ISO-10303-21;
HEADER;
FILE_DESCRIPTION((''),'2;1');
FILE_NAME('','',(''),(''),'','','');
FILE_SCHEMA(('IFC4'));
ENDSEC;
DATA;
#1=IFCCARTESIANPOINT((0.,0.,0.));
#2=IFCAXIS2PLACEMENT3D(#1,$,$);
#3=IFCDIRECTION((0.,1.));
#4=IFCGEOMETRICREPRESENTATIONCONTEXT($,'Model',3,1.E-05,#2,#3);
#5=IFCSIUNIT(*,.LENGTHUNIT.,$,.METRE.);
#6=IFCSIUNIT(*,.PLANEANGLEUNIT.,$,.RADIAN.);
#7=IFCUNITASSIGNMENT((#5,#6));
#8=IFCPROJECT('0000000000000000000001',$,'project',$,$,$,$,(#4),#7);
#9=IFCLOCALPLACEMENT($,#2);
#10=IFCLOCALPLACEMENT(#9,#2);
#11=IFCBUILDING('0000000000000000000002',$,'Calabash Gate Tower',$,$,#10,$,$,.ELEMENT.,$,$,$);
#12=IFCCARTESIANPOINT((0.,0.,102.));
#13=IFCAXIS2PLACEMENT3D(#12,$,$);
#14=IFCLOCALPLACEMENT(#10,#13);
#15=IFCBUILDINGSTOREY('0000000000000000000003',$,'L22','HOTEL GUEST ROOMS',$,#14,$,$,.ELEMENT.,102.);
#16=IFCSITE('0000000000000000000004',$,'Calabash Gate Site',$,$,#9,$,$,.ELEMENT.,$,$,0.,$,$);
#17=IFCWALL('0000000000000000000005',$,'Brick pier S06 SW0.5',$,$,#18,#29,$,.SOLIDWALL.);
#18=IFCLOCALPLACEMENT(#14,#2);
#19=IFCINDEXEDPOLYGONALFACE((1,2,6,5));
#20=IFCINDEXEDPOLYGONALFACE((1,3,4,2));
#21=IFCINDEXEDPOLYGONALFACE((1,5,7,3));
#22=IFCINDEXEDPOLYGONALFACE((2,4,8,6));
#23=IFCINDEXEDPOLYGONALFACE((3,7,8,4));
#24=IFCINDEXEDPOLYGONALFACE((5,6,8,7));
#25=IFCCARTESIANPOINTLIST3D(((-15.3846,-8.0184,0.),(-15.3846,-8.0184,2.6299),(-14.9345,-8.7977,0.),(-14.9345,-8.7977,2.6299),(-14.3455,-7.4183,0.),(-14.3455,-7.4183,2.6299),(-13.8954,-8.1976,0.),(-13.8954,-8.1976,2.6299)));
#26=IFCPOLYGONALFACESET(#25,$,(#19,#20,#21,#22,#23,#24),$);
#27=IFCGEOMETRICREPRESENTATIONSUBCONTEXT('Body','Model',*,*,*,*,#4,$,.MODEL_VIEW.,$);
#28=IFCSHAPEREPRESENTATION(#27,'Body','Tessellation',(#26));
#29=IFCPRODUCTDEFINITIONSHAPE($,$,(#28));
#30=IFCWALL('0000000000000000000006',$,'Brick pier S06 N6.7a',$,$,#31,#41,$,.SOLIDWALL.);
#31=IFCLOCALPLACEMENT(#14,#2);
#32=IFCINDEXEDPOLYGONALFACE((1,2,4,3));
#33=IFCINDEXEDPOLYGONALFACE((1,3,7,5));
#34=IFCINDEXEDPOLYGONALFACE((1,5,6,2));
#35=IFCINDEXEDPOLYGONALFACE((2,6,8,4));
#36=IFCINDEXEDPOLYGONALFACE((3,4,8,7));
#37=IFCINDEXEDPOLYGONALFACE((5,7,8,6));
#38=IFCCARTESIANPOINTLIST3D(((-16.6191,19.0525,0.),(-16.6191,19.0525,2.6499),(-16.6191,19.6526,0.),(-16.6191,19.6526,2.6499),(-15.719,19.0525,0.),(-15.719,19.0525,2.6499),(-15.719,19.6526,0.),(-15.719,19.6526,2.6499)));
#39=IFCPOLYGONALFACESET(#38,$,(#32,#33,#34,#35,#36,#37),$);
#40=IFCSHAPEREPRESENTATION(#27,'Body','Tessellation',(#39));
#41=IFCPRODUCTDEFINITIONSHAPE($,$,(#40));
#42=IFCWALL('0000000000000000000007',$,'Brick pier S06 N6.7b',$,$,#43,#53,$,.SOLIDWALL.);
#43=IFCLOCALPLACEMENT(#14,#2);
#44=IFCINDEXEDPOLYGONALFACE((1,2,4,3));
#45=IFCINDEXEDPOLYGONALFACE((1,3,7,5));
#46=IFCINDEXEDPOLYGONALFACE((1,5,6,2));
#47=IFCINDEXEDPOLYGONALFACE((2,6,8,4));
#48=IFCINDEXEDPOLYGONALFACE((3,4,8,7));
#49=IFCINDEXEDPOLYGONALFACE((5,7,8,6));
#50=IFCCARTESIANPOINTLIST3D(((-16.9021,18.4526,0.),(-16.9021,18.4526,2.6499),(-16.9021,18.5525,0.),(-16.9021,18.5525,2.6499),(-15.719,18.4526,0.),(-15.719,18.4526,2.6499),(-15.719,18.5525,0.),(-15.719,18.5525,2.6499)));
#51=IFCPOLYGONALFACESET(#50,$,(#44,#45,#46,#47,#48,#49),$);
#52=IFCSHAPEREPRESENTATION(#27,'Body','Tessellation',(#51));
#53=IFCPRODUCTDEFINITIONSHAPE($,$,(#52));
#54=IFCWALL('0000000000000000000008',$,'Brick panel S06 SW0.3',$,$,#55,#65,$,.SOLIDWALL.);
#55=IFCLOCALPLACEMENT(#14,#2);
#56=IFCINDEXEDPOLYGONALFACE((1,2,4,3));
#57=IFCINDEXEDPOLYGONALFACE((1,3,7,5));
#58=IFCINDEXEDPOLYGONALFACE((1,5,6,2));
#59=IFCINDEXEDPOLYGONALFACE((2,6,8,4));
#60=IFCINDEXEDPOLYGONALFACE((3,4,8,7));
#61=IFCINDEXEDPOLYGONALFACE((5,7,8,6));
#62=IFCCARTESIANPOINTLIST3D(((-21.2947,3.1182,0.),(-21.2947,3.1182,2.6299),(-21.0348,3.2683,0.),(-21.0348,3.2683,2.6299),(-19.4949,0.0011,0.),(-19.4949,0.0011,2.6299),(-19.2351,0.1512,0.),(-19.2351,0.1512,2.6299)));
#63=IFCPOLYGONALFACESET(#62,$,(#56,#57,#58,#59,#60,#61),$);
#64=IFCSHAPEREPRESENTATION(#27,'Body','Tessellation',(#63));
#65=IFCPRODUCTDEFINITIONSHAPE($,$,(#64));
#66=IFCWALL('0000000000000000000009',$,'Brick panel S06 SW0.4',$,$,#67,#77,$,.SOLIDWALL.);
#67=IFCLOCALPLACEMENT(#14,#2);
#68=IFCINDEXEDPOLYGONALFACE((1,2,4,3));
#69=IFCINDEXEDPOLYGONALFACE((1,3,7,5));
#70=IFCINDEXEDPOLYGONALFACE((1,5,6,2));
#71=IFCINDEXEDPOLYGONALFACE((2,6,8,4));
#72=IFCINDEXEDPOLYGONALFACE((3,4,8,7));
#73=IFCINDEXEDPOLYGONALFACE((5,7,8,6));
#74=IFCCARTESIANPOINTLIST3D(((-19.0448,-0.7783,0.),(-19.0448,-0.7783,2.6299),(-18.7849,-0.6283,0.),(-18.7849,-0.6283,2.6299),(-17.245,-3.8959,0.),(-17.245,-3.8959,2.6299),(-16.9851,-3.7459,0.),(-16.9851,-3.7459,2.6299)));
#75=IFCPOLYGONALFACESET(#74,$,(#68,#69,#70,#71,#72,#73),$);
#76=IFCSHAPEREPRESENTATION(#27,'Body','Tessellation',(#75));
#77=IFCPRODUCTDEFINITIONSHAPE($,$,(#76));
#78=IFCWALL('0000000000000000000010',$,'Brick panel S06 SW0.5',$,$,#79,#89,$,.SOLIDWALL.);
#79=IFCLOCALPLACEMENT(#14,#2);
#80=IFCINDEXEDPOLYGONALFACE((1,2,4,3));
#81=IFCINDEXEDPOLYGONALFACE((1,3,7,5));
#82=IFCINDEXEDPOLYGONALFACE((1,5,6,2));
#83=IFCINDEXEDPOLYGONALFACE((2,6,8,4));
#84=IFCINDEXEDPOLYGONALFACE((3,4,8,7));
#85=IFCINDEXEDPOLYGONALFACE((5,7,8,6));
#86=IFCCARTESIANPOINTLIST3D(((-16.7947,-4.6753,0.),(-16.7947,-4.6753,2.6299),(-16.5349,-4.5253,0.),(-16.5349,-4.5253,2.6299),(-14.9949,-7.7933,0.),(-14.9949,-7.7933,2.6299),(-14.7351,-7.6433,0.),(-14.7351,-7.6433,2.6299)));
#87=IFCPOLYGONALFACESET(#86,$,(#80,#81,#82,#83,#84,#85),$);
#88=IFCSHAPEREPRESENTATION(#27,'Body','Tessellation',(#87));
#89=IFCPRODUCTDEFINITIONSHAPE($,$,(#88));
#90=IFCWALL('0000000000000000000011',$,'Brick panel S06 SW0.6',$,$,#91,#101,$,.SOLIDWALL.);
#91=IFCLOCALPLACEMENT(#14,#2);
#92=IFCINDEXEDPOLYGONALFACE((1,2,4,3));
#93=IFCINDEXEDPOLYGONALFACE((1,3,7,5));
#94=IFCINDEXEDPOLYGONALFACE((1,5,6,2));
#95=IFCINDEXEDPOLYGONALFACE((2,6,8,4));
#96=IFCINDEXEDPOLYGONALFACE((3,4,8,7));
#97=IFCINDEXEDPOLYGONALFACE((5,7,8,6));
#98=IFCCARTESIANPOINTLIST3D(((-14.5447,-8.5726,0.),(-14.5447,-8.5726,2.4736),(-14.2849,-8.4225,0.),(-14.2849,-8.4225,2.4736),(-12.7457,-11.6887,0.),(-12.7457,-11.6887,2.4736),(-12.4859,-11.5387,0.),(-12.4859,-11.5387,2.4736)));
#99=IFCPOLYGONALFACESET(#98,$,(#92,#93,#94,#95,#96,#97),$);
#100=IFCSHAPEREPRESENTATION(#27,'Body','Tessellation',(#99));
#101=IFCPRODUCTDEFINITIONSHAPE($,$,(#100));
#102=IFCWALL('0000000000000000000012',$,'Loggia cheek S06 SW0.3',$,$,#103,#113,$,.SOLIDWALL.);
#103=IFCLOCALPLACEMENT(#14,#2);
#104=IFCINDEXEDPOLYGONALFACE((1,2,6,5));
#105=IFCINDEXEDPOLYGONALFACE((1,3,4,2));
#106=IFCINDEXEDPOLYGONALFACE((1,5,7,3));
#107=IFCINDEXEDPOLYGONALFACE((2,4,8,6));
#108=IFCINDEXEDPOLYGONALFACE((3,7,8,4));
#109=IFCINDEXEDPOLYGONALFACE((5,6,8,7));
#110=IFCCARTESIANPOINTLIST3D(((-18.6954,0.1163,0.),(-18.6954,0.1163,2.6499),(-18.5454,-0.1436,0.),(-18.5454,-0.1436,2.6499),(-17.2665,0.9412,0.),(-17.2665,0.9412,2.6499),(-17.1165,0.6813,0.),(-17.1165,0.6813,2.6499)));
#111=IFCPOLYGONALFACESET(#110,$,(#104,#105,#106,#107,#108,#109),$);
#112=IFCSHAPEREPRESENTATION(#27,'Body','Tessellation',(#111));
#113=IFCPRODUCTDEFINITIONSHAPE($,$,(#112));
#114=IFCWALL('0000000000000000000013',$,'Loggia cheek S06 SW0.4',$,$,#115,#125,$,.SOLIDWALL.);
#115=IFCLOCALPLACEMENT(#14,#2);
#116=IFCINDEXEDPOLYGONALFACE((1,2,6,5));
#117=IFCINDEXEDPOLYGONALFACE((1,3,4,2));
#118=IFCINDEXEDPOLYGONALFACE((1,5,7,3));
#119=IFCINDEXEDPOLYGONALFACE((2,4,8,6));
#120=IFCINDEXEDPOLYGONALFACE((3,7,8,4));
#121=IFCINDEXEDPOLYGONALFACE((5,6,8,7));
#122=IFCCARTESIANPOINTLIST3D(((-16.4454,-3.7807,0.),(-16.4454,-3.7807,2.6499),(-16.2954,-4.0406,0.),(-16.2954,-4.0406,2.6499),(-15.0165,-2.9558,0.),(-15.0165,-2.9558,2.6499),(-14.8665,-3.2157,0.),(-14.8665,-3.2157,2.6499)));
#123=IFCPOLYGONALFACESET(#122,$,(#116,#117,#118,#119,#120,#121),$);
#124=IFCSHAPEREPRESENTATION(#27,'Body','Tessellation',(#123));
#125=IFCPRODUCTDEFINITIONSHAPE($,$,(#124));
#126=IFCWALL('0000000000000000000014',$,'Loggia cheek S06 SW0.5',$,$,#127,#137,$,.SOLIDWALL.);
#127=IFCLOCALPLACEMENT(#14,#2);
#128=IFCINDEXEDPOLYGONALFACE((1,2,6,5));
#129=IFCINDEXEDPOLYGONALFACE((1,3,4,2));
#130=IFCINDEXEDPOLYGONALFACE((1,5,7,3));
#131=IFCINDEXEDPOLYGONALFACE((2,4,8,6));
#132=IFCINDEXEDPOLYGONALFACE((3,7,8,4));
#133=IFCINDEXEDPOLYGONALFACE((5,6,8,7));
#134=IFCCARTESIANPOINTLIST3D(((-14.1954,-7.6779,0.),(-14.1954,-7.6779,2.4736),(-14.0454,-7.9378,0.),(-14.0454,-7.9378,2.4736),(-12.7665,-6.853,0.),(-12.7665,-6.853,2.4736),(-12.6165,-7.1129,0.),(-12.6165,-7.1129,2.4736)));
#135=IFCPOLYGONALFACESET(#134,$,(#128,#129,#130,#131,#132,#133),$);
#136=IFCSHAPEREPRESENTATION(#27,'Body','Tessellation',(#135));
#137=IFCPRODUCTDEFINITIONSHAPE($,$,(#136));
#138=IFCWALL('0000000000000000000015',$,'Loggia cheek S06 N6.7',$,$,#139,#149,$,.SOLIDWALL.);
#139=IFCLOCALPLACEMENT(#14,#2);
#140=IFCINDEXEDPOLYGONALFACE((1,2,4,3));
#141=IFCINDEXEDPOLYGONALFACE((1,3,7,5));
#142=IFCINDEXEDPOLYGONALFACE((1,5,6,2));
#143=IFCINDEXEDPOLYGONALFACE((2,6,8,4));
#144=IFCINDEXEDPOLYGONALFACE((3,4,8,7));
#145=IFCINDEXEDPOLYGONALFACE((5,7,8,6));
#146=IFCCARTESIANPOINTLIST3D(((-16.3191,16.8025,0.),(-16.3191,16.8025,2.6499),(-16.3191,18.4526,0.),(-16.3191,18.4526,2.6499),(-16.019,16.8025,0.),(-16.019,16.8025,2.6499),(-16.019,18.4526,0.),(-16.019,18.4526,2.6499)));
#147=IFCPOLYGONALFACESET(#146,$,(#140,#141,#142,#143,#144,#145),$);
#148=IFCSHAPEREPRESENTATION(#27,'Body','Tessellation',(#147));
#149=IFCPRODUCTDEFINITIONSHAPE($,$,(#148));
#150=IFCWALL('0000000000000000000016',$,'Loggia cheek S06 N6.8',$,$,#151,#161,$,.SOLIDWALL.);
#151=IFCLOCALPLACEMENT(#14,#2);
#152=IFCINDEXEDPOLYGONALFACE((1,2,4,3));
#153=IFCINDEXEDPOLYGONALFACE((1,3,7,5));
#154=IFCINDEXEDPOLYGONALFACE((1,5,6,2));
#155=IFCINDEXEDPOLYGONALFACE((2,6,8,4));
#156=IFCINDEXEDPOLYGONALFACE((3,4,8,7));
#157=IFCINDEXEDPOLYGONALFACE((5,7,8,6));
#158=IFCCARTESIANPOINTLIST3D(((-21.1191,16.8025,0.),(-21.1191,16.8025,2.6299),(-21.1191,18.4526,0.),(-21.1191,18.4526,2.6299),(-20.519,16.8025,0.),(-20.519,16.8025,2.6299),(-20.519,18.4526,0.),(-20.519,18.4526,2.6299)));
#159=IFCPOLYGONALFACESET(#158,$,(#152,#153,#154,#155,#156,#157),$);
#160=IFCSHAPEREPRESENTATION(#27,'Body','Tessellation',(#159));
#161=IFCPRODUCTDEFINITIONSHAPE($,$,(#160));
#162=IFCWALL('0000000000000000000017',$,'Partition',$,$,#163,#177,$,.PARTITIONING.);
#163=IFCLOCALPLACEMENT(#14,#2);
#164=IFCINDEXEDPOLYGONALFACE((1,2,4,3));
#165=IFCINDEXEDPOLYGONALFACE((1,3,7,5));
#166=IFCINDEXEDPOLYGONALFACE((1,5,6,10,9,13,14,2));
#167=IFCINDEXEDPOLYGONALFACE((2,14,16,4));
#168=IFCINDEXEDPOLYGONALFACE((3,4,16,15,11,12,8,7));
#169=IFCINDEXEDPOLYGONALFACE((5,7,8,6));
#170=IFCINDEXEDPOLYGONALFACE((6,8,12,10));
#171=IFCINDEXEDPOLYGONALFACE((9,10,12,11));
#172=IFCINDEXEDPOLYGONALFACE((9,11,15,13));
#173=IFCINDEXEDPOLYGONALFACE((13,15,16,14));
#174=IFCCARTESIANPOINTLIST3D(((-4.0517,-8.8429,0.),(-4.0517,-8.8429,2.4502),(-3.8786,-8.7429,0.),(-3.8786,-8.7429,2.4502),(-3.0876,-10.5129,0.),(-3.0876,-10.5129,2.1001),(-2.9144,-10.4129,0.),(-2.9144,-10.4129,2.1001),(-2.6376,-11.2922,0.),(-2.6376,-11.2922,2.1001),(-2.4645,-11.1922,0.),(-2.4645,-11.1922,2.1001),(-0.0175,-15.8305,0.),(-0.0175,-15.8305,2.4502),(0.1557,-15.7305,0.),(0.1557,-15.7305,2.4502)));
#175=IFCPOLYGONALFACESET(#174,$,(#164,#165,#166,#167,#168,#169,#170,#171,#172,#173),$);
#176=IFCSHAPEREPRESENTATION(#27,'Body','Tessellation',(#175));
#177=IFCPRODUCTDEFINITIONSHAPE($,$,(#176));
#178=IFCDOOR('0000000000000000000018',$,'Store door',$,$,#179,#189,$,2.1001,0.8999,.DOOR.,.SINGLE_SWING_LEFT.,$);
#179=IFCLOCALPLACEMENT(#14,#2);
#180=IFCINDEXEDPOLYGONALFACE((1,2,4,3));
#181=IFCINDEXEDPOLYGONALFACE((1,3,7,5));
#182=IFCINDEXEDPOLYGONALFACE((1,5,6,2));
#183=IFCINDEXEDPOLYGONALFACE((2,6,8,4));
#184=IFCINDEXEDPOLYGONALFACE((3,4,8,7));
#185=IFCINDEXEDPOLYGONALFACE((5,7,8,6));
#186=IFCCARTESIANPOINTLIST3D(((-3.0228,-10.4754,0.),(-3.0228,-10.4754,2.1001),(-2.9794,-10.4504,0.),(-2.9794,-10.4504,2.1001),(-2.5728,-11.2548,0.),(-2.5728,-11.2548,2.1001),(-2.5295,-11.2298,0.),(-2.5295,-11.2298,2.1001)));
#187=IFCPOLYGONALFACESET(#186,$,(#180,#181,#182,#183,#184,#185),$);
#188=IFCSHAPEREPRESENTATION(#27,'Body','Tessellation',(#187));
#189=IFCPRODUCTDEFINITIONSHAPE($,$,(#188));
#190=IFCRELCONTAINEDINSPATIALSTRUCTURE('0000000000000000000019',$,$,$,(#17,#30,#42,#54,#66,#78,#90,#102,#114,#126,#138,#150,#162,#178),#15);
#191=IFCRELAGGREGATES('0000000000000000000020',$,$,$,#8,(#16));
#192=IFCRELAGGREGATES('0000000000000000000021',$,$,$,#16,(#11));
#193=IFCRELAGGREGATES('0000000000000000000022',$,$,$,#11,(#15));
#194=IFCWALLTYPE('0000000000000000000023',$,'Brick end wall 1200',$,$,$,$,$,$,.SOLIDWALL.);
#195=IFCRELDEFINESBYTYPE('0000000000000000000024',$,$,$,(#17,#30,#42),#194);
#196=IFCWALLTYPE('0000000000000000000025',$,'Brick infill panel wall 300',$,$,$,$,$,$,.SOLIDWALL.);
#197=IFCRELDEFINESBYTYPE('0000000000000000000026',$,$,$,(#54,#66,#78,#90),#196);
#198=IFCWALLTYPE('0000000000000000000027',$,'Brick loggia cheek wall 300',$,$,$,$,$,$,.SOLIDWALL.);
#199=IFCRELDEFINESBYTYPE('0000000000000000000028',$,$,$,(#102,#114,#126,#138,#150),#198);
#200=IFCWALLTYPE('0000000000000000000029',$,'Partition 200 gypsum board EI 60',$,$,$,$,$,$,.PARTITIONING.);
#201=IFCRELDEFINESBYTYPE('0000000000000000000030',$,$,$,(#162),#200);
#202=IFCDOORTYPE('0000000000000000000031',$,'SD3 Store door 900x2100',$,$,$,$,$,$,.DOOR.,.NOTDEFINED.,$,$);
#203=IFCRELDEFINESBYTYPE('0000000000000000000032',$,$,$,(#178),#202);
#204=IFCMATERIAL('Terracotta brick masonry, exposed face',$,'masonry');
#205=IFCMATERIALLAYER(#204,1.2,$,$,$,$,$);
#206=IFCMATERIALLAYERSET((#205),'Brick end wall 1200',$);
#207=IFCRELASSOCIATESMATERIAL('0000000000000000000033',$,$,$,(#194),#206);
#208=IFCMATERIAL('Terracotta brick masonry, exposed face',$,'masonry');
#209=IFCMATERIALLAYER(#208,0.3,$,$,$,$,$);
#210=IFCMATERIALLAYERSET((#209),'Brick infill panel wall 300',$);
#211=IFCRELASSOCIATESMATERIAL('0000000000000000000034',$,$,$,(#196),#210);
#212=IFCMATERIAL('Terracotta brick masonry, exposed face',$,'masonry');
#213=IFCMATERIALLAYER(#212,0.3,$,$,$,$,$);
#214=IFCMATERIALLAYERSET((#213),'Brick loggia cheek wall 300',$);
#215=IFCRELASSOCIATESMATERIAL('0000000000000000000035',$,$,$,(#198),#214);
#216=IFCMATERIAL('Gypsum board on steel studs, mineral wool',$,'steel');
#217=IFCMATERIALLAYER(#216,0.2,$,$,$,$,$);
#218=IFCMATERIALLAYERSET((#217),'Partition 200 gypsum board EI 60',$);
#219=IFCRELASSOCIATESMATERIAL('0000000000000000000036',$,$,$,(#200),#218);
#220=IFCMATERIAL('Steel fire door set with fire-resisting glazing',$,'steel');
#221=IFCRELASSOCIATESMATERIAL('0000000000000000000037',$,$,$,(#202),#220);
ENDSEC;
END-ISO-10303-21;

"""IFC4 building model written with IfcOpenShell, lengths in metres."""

from ifc_helpers import new_model, si_unit, direction, frame, frame_2d, origin, place, context, subcontext, project, spatial, polyline, rectangle, outline, extrude, material, layer, layer_set, type_object, element, fill, save


model = new_model("IFC4")

# Units and contexts
model_context = context("Model", 3, precision=1e-05, world=origin(), true_north=direction((0.0, 1.0)))
body_context = subcontext(model_context, "Body", "Model", "MODEL_VIEW")
ifc_project = project(units=[si_unit("LENGTHUNIT", "METRE"), si_unit("PLANEANGLEUNIT", "RADIAN")], contexts=[model_context])

# Site, building, storey
site_placement = place(None, origin())
site = spatial("IfcSite", under=ifc_project, at=site_placement, Name="Calabash Gate Site", CompositionType="ELEMENT", RefElevation=0.0)
building_placement = place(site_placement, origin())
building = spatial("IfcBuilding", under=site, at=building_placement, Name="Calabash Gate Tower", CompositionType="ELEMENT")
storey_placement = place(building_placement, frame((0.0, 0.0, 102.0)))
storey = spatial("IfcBuildingStorey", under=building, at=storey_placement, Name="L22", Description="HOTEL GUEST ROOMS", CompositionType="ELEMENT", Elevation=102.0)

# Walls
ifc_material_1 = material(Name="Terracotta brick masonry, exposed face", Category="masonry")
ifc_layer_1 = layer(ifc_material_1, 1.2)
ifc_layer_set_1 = layer_set([ifc_layer_1], Name="Brick end wall 1200")
wall_type_1 = type_object("IfcWallType", Name="Brick end wall 1200", PredefinedType="SOLIDWALL", material=ifc_layer_set_1)
wall_1_placement = place(storey_placement, frame((-14.1204, -7.8079, 0.0), z_axis=(0.0, 0.0, 1.0), x_axis=(-0.865955, -0.500122, 0.0)))
element("IfcWall", 1, at=wall_1_placement, inside=storey, type_object=wall_type_1, Name="Brick pier S06 SW0.5", PredefinedType="SOLIDWALL", context=body_context, shape_type="SweptSolid", body=[
    extrude(rectangle(XDim=1.2, YDim=0.8999, at=frame_2d((0.6001, 0.0))), origin(), (0.0, 0.0, 1.0), 2.6299),
])
wall_2_placement = place(storey_placement, origin())
element("IfcWall", 2, at=wall_2_placement, inside=storey, type_object=wall_type_1, Name="Brick pier S06 N6.7a", PredefinedType="SOLIDWALL", context=body_context, shape_type="SweptSolid", body=[
    extrude(outline(polyline([(-15.719, 19.0525), (-15.719, 19.6526), (-16.6191, 19.6526), (-16.6191, 19.0525), (-15.719, 19.0525)])), origin(), (0.0, 0.0, 1.0), 2.6499),
])
wall_3_placement = place(storey_placement, origin())
element("IfcWall", 3, at=wall_3_placement, inside=storey, type_object=wall_type_1, Name="Brick pier S06 N6.7b", PredefinedType="SOLIDWALL", context=body_context, shape_type="SweptSolid", body=[
    extrude(outline(polyline([(-16.9021, 18.4526), (-16.9021, 18.5525), (-15.719, 18.5525), (-15.719, 18.4526), (-16.9021, 18.4526)])), origin(), (0.0, 0.0, 1.0), 2.6499),
])
ifc_material_2 = material(Name="Terracotta brick masonry, exposed face", Category="masonry")
ifc_layer_2 = layer(ifc_material_2, 0.3)
ifc_layer_set_2 = layer_set([ifc_layer_2], Name="Brick infill panel wall 300")
wall_type_2 = type_object("IfcWallType", Name="Brick infill panel wall 300", PredefinedType="SOLIDWALL", material=ifc_layer_set_2)
wall_4_placement = place(storey_placement, frame((-21.1648, 3.1934, 0.0), z_axis=(0.0, 0.0, 1.0), x_axis=(0.50002, -0.866014, 0.0)))
element("IfcWall", 4, at=wall_4_placement, inside=storey, type_object=wall_type_2, Name="Brick panel S06 SW0.3", PredefinedType="SOLIDWALL", context=body_context, shape_type="SweptSolid", body=[
    extrude(rectangle(XDim=3.5994, YDim=0.3, at=frame_2d((1.7998, 0.0))), origin(), (0.0, 0.0, 1.0), 2.6299),
])
wall_5_placement = place(storey_placement, frame((-18.9148, -0.7034, 0.0), z_axis=(0.0, 0.0, 1.0), x_axis=(0.499961, -0.866048, 0.0)))
element("IfcWall", 5, at=wall_5_placement, inside=storey, type_object=wall_type_2, Name="Brick panel S06 SW0.4", PredefinedType="SOLIDWALL", context=body_context, shape_type="SweptSolid", body=[
    extrude(rectangle(XDim=3.5999, YDim=0.3, at=frame_2d((1.7998, 0.0))), origin(), (0.0, 0.0, 1.0), 2.6299),
])
wall_6_placement = place(storey_placement, frame((-16.6648, -4.6003, 0.0), z_axis=(0.0, 0.0, 1.0), x_axis=(0.499932, -0.866065, 0.0)))
element("IfcWall", 6, at=wall_6_placement, inside=storey, type_object=wall_type_2, Name="Brick panel S06 SW0.5", PredefinedType="SOLIDWALL", context=body_context, shape_type="SweptSolid", body=[
    extrude(rectangle(XDim=3.6001, YDim=0.3, at=frame_2d((1.8, 0.0))), origin(), (0.0, 0.0, 1.0), 2.6299),
])
wall_7_placement = place(storey_placement, frame((-14.4148, -8.4976, 0.0), z_axis=(0.0, 0.0, 1.0), x_axis=(0.499985, -0.866034, 0.0)))
element("IfcWall", 7, at=wall_7_placement, inside=storey, type_object=wall_type_2, Name="Brick panel S06 SW0.6", PredefinedType="SOLIDWALL", context=body_context, shape_type="SweptSolid", body=[
    extrude(rectangle(XDim=3.5981, YDim=0.3, at=frame_2d((1.7991, 0.0))), origin(), (0.0, 0.0, 1.0), 2.4736),
])
ifc_material_3 = material(Name="Terracotta brick masonry, exposed face", Category="masonry")
ifc_layer_3 = layer(ifc_material_3, 0.3)
ifc_layer_set_3 = layer_set([ifc_layer_3], Name="Brick loggia cheek wall 300")
wall_type_3 = type_object("IfcWallType", Name="Brick loggia cheek wall 300", PredefinedType="SOLIDWALL", material=ifc_layer_set_3)
for number, where, z_axis, x_axis, name in (
    (8, (-18.6204, -0.0137, 0.0), (0.0, 0.0, 1.0), (0.86604, 0.499974, 0.0), "Loggia cheek S06 SW0.3"),
    (9, (-16.3704, -3.9106, 0.0), (0.0, 0.0, 1.0), (0.86604, 0.499974, 0.0), "Loggia cheek S06 SW0.4"),
):
    element("IfcWall", number, at=place(storey_placement, frame(where, z_axis=z_axis, x_axis=x_axis)), inside=storey, type_object=wall_type_3, Name=name, PredefinedType="SOLIDWALL", context=body_context, shape_type="SweptSolid", body=[
        extrude(rectangle(XDim=1.6499, YDim=0.3, at=frame_2d((0.825, 0.0))), origin(), (0.0, 0.0, 1.0), 2.6499),
    ])
wall_8_placement = place(storey_placement, frame((-14.1204, -7.8079, 0.0), z_axis=(0.0, 0.0, 1.0), x_axis=(0.86604, 0.499974, 0.0)))
element("IfcWall", 10, at=wall_8_placement, inside=storey, type_object=wall_type_3, Name="Loggia cheek S06 SW0.5", PredefinedType="SOLIDWALL", context=body_context, shape_type="SweptSolid", body=[
    extrude(rectangle(XDim=1.6499, YDim=0.3, at=frame_2d((0.825, 0.0))), origin(), (0.0, 0.0, 1.0), 2.4736),
])
wall_9_placement = place(storey_placement, origin())
element("IfcWall", 11, at=wall_9_placement, inside=storey, type_object=wall_type_3, Name="Loggia cheek S06 N6.7", PredefinedType="SOLIDWALL", context=body_context, shape_type="SweptSolid", body=[
    extrude(outline(polyline([(-16.019, 16.8025), (-16.019, 18.4526), (-16.3191, 18.4526), (-16.3191, 16.8025), (-16.019, 16.8025)])), origin(), (0.0, 0.0, 1.0), 2.6499),
])
wall_10_placement = place(storey_placement, origin())
element("IfcWall", 12, at=wall_10_placement, inside=storey, type_object=wall_type_3, Name="Loggia cheek S06 N6.8", PredefinedType="SOLIDWALL", context=body_context, shape_type="SweptSolid", body=[
    extrude(outline(polyline([(-21.1191, 18.4526), (-21.1191, 16.8025), (-20.519, 16.8025), (-20.519, 18.4526), (-21.1191, 18.4526)])), origin(), (0.0, 0.0, 1.0), 2.6299),
])

# Wall, opening, door
ifc_material_4 = material(Name="Gypsum board on steel studs, mineral wool", Category="steel")
ifc_layer_4 = layer(ifc_material_4, 0.2)
ifc_layer_set_4 = layer_set([ifc_layer_4], Name="Partition 200 gypsum board EI 60")
wall_type_4 = type_object("IfcWallType", Name="Partition 200 gypsum board EI 60", PredefinedType="PARTITIONING", material=ifc_layer_set_4)
wall_11_placement = place(storey_placement, frame((-3.9651, -8.793, 0.0), z_axis=(0.0, 0.0, 1.0), x_axis=(0.499992, -0.86603, 0.0)))
wall_11 = element("IfcWall", 13, at=wall_11_placement, inside=storey, type_object=wall_type_4, Name="Partition", PredefinedType="PARTITIONING", context=body_context, shape_type="SweptSolid", body=[
    extrude(rectangle(XDim=8.0686, YDim=0.2, at=frame_2d((4.0342, 0.0))), origin(), (0.0, 0.0, 1.0), 2.4502),
])
opening_placement = place(wall_11_placement, frame((1.9282, 0.0, 0.0)))
opening = element("IfcOpeningElement", 14, at=opening_placement, cuts=wall_11, PredefinedType="OPENING", context=body_context, shape_type="SweptSolid", body=[
    extrude(rectangle(XDim=0.8999, YDim=2.1001, at=frame_2d((0.45, 1.05))), frame((0.0, 0.1099, 0.0), z_axis=(0.0, -1.0, 0.0), x_axis=(1.0, 0.0, 0.0)), (0.0, 0.0, 1.0), 0.22),
])
ifc_material_5 = material(Name="Steel fire door set with fire-resisting glazing", Category="steel")
door_type = type_object("IfcDoorType", Name="SD3 Store door 900x2100", OperationType="NOTDEFINED", PredefinedType="DOOR", material=ifc_material_5)
door_placement = place(opening_placement, origin())
door = element("IfcDoor", 15, at=door_placement, inside=storey, type_object=door_type, Name="Store door", OperationType="SINGLE_SWING_LEFT", OverallHeight=2.1001, OverallWidth=0.8999, PredefinedType="DOOR", context=body_context, shape_type="SweptSolid", body=[
    extrude(rectangle(XDim=0.8999, YDim=2.1001, at=frame_2d((0.45, 1.05))), frame((0.0, 0.0249, 0.0), z_axis=(0.0, -1.0, 0.0), x_axis=(1.0, 0.0, 0.0)), (0.0, 0.0, 1.0), 0.05),
])
fill(opening, door)

save(model, "model.ifc")
